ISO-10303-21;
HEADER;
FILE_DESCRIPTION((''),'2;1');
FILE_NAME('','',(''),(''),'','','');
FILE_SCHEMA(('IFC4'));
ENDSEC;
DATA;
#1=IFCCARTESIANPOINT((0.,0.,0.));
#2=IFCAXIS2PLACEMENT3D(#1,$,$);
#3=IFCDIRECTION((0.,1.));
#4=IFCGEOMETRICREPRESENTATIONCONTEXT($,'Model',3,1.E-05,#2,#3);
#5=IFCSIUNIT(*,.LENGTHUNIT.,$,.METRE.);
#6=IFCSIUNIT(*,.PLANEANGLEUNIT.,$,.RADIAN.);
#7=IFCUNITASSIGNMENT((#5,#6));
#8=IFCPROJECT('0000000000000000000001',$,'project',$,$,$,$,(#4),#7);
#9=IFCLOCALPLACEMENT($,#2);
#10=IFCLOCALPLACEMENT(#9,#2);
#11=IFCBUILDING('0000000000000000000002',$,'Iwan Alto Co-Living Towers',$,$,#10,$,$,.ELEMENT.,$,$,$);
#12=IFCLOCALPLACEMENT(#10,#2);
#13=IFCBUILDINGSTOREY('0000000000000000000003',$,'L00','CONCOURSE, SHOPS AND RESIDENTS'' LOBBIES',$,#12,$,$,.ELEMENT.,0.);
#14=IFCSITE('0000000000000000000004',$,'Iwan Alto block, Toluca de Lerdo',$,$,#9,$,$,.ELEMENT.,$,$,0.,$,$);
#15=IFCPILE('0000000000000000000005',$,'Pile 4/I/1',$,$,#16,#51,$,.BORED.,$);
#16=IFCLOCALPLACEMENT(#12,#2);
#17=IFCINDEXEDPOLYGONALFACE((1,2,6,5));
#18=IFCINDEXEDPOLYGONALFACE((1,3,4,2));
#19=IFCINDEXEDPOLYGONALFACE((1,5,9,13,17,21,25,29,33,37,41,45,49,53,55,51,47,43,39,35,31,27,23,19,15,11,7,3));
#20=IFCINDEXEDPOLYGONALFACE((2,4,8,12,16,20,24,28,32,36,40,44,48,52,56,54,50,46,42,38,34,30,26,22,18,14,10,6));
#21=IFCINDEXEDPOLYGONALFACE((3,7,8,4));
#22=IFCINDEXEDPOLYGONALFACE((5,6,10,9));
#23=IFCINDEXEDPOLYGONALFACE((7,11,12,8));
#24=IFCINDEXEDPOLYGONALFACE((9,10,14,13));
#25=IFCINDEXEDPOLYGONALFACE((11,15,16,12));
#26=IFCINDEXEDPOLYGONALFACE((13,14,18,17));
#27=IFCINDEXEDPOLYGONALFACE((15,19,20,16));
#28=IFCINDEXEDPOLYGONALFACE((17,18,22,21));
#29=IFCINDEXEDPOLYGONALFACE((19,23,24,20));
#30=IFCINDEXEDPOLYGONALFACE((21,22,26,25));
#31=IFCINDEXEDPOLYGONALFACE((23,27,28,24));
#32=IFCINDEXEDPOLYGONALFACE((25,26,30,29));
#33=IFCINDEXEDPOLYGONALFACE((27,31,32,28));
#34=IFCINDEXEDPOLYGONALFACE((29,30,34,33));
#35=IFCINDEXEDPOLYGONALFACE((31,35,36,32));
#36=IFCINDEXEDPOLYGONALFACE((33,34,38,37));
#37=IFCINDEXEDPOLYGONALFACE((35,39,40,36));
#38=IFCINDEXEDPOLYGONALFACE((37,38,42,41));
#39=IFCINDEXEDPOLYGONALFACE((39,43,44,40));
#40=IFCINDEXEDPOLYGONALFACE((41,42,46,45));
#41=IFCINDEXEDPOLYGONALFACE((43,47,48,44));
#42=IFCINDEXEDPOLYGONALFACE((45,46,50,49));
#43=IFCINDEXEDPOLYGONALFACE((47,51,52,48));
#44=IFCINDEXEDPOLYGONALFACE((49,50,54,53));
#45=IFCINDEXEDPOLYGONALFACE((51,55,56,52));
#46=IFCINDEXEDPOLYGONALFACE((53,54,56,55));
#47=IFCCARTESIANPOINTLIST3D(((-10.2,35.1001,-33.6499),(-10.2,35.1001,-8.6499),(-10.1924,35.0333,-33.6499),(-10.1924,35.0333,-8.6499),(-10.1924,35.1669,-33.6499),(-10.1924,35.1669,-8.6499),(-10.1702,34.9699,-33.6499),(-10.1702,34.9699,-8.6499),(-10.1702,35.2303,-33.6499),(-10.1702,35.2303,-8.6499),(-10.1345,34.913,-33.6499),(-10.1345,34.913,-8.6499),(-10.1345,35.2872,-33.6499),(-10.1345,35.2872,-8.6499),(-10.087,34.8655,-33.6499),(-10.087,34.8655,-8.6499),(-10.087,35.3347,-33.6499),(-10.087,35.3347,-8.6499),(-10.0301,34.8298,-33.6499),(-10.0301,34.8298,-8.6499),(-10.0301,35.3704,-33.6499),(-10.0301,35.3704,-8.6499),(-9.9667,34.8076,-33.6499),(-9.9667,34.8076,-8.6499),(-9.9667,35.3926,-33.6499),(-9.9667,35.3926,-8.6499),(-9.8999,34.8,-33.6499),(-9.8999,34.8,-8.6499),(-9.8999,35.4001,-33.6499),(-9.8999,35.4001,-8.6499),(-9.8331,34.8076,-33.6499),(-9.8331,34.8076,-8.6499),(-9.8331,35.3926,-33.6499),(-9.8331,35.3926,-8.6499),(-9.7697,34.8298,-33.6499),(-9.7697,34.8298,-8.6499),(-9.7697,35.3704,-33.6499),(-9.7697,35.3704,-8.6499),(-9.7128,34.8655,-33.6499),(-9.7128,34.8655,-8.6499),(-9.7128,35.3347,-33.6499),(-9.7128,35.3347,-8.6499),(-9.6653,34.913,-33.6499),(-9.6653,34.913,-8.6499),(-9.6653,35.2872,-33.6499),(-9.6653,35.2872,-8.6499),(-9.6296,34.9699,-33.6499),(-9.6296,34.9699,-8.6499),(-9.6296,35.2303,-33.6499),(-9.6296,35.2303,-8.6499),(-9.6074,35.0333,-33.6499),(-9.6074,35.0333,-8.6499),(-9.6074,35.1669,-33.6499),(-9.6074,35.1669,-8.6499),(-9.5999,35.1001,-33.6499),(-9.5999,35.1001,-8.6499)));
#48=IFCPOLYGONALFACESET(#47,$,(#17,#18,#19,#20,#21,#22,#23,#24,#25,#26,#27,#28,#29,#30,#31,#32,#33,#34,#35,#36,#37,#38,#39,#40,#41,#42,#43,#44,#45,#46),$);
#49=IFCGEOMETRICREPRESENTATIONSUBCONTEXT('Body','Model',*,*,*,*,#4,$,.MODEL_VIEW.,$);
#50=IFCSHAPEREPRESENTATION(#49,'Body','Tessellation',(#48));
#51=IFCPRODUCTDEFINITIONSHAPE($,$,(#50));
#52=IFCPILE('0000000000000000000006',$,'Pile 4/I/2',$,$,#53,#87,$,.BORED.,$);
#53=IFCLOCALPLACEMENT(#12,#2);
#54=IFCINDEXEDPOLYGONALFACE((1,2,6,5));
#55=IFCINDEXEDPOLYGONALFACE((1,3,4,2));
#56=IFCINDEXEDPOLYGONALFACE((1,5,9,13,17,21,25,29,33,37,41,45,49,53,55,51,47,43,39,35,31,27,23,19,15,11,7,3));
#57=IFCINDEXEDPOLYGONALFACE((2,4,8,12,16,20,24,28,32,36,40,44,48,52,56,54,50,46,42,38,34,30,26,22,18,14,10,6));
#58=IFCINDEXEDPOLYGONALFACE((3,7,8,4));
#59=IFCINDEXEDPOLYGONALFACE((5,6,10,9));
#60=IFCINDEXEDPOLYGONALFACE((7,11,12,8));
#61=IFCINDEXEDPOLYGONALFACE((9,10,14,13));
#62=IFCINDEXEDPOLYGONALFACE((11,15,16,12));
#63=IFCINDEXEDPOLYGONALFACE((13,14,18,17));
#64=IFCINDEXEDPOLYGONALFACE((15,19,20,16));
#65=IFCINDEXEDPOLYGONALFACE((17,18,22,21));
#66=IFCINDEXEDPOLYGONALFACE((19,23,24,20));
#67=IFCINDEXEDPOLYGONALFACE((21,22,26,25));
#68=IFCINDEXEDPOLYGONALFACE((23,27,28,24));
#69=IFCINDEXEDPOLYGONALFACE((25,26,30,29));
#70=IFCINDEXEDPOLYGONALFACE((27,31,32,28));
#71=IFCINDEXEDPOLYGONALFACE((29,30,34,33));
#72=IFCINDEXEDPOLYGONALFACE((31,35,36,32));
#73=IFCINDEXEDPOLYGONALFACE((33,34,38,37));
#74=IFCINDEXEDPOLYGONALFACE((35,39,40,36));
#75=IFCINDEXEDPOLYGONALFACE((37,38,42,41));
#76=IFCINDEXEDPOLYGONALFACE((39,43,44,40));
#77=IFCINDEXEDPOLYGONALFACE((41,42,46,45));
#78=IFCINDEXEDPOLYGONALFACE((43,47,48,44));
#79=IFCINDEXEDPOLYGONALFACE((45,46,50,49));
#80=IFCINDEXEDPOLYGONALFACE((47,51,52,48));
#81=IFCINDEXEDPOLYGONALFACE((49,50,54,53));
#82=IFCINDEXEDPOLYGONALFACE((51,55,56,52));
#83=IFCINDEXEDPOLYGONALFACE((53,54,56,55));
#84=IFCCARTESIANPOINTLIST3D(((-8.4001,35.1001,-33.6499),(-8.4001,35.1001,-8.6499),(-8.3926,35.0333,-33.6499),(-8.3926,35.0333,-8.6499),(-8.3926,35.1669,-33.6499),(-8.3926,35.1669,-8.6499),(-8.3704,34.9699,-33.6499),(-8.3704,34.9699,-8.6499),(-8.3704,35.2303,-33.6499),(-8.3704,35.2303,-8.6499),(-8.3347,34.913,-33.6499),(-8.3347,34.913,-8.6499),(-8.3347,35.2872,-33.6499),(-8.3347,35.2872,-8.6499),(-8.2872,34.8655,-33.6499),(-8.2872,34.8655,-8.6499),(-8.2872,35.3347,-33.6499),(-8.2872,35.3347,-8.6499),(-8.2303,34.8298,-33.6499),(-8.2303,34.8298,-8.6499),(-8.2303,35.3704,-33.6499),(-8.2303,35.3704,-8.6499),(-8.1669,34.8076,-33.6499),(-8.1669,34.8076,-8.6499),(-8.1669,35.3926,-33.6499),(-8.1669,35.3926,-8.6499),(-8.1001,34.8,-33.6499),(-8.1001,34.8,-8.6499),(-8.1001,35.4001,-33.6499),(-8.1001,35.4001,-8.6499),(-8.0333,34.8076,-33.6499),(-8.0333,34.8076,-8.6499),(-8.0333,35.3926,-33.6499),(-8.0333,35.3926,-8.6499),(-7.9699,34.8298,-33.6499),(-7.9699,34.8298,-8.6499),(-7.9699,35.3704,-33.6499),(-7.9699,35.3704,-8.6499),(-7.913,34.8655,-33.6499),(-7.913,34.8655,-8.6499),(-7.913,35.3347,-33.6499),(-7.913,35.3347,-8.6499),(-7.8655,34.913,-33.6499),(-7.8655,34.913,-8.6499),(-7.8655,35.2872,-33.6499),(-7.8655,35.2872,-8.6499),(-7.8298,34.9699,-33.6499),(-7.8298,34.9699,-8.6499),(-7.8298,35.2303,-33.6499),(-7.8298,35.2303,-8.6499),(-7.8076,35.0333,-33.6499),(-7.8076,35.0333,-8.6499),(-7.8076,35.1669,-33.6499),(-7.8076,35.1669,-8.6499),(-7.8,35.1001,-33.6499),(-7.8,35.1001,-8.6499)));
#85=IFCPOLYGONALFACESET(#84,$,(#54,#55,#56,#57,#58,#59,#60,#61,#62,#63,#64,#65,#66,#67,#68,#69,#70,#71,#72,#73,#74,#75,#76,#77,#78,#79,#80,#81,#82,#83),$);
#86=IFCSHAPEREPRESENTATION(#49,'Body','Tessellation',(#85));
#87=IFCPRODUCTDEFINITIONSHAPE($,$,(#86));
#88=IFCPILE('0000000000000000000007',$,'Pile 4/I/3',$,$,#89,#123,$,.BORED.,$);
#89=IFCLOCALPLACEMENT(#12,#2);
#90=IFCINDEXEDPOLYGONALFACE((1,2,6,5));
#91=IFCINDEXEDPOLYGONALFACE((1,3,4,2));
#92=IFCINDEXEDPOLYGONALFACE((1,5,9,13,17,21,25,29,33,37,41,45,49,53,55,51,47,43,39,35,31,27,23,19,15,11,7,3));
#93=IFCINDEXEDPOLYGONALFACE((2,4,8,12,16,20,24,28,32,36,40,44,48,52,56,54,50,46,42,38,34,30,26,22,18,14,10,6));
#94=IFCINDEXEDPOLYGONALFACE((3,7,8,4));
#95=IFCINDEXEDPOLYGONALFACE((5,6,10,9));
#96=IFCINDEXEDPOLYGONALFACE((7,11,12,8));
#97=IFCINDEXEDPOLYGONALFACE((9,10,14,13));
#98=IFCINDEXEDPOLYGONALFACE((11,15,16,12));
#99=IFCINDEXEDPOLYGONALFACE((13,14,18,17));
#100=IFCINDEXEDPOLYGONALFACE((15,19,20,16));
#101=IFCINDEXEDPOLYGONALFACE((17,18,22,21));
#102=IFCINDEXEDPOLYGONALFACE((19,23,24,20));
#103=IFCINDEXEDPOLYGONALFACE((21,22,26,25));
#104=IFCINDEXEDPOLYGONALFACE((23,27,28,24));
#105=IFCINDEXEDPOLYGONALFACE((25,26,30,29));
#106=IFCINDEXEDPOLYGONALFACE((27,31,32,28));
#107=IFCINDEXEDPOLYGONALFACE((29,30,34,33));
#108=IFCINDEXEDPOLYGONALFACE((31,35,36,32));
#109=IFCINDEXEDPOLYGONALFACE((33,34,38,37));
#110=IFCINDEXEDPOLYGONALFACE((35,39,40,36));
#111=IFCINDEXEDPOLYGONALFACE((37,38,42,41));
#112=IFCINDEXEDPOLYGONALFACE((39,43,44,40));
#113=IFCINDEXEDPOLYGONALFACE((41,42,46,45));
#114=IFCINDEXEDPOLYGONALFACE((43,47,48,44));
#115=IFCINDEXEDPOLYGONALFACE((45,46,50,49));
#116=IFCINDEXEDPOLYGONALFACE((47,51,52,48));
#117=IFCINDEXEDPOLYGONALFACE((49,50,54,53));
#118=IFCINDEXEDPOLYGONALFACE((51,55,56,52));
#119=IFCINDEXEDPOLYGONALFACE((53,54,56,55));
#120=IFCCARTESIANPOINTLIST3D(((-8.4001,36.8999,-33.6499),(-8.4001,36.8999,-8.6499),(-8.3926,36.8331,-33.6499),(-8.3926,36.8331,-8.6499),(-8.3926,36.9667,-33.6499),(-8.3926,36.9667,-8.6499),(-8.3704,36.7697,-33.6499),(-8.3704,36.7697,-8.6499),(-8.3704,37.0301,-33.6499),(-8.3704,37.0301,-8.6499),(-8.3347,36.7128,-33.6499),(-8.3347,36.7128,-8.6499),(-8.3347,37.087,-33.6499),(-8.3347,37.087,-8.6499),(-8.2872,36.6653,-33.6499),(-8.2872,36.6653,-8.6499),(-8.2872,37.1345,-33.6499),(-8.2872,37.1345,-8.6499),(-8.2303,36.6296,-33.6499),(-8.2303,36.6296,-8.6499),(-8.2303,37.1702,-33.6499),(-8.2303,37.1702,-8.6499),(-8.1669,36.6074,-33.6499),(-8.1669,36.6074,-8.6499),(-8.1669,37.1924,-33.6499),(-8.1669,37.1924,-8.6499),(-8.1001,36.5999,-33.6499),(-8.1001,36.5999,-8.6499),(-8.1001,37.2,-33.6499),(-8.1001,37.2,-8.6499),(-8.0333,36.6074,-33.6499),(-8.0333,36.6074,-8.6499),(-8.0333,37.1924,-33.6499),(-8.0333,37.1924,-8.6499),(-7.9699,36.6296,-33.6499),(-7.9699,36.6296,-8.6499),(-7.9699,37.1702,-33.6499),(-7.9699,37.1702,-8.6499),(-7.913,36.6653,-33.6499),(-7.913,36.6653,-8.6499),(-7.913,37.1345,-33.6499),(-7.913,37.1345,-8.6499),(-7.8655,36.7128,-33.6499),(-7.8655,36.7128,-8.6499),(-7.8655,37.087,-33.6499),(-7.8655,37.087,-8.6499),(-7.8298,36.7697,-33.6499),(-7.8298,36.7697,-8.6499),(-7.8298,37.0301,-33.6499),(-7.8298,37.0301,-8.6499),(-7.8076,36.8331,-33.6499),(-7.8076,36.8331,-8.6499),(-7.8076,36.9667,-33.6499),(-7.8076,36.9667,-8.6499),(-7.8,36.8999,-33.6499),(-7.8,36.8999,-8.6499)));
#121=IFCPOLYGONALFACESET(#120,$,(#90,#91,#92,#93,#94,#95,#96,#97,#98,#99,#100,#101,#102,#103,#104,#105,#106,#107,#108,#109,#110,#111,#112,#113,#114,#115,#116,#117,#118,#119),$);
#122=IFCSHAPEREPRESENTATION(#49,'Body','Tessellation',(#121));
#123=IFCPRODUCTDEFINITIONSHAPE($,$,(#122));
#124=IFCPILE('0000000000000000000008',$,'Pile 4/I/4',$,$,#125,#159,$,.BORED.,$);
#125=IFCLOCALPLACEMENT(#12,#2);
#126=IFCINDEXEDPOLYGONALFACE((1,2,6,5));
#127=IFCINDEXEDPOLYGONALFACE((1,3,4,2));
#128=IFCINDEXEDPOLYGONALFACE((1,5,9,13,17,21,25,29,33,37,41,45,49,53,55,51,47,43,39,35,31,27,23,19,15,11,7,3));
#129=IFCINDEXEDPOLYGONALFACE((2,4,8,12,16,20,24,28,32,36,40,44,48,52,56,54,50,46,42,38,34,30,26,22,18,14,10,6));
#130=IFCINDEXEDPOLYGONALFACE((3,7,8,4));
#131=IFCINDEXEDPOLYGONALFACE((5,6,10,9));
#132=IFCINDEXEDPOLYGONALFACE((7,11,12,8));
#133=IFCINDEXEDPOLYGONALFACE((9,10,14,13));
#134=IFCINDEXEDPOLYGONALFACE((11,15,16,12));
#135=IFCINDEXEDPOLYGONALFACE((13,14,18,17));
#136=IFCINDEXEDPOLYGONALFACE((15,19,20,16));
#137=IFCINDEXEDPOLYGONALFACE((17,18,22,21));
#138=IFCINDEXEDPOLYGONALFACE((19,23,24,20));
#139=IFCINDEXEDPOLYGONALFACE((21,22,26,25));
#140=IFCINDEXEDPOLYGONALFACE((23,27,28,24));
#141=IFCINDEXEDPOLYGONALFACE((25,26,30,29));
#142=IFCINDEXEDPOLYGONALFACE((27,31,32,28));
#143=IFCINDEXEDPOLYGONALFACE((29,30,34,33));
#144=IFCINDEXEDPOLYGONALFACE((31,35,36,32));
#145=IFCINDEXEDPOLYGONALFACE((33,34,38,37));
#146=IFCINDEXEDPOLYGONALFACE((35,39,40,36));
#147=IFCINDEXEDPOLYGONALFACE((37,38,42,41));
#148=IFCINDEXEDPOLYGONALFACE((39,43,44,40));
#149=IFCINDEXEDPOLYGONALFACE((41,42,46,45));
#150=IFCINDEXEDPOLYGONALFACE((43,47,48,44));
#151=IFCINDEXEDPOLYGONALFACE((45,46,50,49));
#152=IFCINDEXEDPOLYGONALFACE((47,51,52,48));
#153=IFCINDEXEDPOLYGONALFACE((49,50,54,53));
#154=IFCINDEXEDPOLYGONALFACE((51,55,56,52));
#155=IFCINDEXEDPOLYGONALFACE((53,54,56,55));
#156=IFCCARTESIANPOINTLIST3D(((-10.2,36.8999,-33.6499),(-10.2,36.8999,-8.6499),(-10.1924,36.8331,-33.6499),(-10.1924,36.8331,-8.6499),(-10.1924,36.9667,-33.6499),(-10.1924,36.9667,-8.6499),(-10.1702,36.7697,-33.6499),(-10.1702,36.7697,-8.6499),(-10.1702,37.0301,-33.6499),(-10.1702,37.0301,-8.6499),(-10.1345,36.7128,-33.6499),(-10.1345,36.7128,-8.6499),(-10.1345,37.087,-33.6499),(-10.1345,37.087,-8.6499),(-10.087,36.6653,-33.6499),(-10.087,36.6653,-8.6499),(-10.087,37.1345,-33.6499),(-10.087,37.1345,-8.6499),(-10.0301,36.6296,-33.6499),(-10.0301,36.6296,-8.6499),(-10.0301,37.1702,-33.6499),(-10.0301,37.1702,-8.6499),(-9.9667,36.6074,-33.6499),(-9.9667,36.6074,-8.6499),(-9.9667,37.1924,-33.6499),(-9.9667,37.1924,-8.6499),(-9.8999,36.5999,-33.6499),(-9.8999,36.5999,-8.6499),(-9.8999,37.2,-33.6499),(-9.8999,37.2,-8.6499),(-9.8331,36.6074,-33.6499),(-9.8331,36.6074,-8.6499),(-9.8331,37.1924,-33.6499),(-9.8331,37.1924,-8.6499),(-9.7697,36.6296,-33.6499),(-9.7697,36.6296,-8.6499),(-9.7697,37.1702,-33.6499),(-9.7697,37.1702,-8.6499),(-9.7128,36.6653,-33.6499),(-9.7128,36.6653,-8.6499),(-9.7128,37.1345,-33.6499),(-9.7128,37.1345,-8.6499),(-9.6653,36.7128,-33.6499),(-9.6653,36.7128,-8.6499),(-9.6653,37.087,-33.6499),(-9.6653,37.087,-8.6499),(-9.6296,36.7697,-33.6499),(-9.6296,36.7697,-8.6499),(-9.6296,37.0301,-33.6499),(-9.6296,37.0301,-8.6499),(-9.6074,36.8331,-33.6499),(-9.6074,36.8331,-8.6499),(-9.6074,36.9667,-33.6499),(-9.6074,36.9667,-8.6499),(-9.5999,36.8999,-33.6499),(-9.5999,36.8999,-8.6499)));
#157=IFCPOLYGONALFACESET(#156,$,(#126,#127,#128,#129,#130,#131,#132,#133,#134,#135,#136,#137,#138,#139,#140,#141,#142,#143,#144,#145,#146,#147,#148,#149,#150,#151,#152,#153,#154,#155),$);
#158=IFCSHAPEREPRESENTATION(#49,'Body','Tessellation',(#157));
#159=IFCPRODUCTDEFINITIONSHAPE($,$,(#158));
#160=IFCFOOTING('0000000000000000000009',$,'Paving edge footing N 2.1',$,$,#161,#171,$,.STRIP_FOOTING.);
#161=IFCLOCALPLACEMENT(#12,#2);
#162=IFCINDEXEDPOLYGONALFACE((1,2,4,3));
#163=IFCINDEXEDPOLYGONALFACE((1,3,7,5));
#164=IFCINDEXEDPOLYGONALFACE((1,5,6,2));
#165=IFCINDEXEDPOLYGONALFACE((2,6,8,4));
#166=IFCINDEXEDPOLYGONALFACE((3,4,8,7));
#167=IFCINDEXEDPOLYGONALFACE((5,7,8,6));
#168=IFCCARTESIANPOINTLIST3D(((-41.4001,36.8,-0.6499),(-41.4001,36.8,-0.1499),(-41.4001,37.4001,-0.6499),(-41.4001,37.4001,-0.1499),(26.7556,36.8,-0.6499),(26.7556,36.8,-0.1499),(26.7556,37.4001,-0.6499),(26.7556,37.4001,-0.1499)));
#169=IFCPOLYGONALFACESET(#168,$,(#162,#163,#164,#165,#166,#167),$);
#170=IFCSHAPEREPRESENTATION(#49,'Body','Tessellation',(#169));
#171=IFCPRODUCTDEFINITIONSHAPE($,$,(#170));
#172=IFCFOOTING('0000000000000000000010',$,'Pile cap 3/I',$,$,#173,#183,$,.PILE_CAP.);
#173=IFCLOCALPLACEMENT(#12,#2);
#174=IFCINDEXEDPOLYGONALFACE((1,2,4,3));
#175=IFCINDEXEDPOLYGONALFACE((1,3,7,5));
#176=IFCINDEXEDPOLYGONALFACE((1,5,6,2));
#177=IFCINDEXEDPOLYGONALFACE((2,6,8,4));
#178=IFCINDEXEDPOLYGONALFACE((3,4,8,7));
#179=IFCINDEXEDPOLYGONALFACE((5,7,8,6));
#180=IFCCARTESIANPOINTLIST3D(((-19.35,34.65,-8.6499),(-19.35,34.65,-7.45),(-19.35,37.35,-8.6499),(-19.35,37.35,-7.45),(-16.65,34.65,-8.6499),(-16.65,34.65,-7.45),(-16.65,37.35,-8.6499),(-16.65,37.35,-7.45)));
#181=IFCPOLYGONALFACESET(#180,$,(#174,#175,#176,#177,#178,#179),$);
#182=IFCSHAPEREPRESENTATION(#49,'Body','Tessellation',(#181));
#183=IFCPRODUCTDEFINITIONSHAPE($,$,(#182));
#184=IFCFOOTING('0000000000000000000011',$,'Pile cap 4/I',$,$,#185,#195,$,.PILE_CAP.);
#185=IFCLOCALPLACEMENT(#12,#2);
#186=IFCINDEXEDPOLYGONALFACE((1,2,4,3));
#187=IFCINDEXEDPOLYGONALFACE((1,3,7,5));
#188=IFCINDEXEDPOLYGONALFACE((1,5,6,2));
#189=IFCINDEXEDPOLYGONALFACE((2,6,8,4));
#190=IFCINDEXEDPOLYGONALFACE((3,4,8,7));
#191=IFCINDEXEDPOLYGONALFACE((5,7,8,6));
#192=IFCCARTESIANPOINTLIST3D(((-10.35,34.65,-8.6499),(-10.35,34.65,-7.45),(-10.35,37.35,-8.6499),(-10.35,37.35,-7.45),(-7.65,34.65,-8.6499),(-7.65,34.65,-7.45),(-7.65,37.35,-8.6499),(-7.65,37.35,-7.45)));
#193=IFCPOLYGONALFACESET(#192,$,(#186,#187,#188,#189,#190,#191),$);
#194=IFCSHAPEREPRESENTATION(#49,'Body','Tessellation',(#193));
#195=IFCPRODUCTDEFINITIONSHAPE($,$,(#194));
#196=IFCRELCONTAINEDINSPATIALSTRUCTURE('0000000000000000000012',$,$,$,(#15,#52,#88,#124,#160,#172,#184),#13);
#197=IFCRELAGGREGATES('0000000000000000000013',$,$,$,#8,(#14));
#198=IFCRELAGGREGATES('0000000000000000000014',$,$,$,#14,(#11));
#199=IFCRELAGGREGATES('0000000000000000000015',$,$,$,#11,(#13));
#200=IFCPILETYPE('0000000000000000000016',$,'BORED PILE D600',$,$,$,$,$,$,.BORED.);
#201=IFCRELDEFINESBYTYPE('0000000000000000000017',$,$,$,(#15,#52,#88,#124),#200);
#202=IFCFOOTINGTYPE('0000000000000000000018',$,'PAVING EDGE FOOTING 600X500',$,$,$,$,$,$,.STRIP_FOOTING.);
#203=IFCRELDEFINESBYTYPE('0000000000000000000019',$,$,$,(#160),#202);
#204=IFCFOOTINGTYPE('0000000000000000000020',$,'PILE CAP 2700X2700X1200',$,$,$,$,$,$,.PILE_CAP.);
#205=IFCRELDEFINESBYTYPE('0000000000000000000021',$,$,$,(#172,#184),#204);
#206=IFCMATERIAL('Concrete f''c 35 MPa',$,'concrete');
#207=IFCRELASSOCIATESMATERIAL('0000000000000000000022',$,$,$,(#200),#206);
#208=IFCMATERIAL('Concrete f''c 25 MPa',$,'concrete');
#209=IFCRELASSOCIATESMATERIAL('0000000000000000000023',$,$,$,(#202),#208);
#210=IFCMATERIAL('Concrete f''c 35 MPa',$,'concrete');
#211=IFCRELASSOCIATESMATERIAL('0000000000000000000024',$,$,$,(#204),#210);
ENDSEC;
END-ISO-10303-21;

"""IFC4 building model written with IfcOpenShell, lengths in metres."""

from ifc_helpers import new_model, si_unit, direction, frame, origin, origin_2d, place, context, subcontext, project, spatial, rectangle, circle, extrude, material, material_profile, profile_set, type_object, element, save


model = new_model("IFC4")

# Units and contexts
model_context = context("Model", 3, precision=1e-05, world=origin(), true_north=direction((0.0, 1.0)))
body_context = subcontext(model_context, "Body", "Model", "MODEL_VIEW")
ifc_project = project(units=[si_unit("LENGTHUNIT", "METRE"), si_unit("PLANEANGLEUNIT", "RADIAN")], contexts=[model_context])

# Site, building, storey
site_placement = place(None, origin())
site = spatial("IfcSite", under=ifc_project, at=site_placement, Name="Iwan Alto block, Toluca de Lerdo", CompositionType="ELEMENT", RefElevation=0.0)
building_placement = place(site_placement, origin())
building = spatial("IfcBuilding", under=site, at=building_placement, Name="Iwan Alto Co-Living Towers", CompositionType="ELEMENT")
storey_placement = place(building_placement, origin())
storey = spatial("IfcBuildingStorey", under=building, at=storey_placement, Name="L00", Description="CONCOURSE, SHOPS AND RESIDENTS' LOBBIES", CompositionType="ELEMENT", Elevation=0.0)

# Piles
ifc_material_1 = material(Name="Concrete f'c 35 MPa", Category="concrete")
ifc_material_profile_1 = material_profile(ifc_material_1, circle(Radius=0.3, at=origin_2d()), Name="D600")
ifc_profile_set_1 = profile_set([ifc_material_profile_1], Name="Concrete f'c 35 MPa")
pile_type_1 = type_object("IfcPileType", Name="BORED PILE D600", PredefinedType="BORED", material=ifc_profile_set_1)
for number, where, z_axis, x_axis, name in (
    (1, (-9.8999, 35.1001, -8.6499), (0.0, 0.0, -1.0), (1.0, 0.0, 0.0), "Pile 4/I/1"),
    (2, (-8.1001, 35.1001, -8.6499), (0.0, 0.0, -1.0), (1.0, 0.0, 0.0), "Pile 4/I/2"),
    (3, (-8.1001, 36.8999, -8.6499), (0.0, 0.0, -1.0), (1.0, 0.0, 0.0), "Pile 4/I/3"),
    (4, (-9.8999, 36.8999, -8.6499), (0.0, 0.0, -1.0), (1.0, 0.0, 0.0), "Pile 4/I/4"),
):
    element("IfcPile", number, at=place(storey_placement, frame(where, z_axis=z_axis, x_axis=x_axis)), inside=storey, type_object=pile_type_1, Name=name, PredefinedType="BORED", context=body_context, shape_type="SweptSolid", body=[
        extrude(circle(Radius=0.3, at=origin_2d()), origin(), (0.0, 0.0, 1.0), 25.0),
    ])

# Footings
ifc_material_2 = material(Name="Concrete f'c 25 MPa", Category="concrete")
footing_type_1 = type_object("IfcFootingType", Name="PAVING EDGE FOOTING 600X500", PredefinedType="STRIP_FOOTING", material=ifc_material_2)
footing_placement = place(storey_placement, frame((-7.3223, 37.1001, -0.6499), z_axis=(0.0, 0.0, 1.0), x_axis=(1.0, 0.0, 0.0)))
element("IfcFooting", 5, at=footing_placement, inside=storey, type_object=footing_type_1, Name="Paving edge footing N 2.1", PredefinedType="STRIP_FOOTING", context=body_context, shape_type="SweptSolid", body=[
    extrude(rectangle(XDim=68.1558, YDim=0.6001, at=origin_2d()), origin(), (0.0, 0.0, 1.0), 0.5),
])
ifc_material_3 = material(Name="Concrete f'c 35 MPa", Category="concrete")
footing_type_2 = type_object("IfcFootingType", Name="PILE CAP 2700X2700X1200", PredefinedType="PILE_CAP", material=ifc_material_3)
for number, where, z_axis, x_axis, name in (
    (6, (-18.0, 36.0, -8.6499), (0.0, 0.0, 1.0), (1.0, 0.0, 0.0), "Pile cap 3/I"),
    (7, (-9.0, 36.0, -8.6499), (0.0, 0.0, 1.0), (1.0, 0.0, 0.0), "Pile cap 4/I"),
):
    element("IfcFooting", number, at=place(storey_placement, frame(where, z_axis=z_axis, x_axis=x_axis)), inside=storey, type_object=footing_type_2, Name=name, PredefinedType="PILE_CAP", context=body_context, shape_type="SweptSolid", body=[
        extrude(rectangle(XDim=2.7, YDim=2.7, at=origin_2d()), origin(), (0.0, 0.0, 1.0), 1.2),
    ])

save(model, "model.ifc")
